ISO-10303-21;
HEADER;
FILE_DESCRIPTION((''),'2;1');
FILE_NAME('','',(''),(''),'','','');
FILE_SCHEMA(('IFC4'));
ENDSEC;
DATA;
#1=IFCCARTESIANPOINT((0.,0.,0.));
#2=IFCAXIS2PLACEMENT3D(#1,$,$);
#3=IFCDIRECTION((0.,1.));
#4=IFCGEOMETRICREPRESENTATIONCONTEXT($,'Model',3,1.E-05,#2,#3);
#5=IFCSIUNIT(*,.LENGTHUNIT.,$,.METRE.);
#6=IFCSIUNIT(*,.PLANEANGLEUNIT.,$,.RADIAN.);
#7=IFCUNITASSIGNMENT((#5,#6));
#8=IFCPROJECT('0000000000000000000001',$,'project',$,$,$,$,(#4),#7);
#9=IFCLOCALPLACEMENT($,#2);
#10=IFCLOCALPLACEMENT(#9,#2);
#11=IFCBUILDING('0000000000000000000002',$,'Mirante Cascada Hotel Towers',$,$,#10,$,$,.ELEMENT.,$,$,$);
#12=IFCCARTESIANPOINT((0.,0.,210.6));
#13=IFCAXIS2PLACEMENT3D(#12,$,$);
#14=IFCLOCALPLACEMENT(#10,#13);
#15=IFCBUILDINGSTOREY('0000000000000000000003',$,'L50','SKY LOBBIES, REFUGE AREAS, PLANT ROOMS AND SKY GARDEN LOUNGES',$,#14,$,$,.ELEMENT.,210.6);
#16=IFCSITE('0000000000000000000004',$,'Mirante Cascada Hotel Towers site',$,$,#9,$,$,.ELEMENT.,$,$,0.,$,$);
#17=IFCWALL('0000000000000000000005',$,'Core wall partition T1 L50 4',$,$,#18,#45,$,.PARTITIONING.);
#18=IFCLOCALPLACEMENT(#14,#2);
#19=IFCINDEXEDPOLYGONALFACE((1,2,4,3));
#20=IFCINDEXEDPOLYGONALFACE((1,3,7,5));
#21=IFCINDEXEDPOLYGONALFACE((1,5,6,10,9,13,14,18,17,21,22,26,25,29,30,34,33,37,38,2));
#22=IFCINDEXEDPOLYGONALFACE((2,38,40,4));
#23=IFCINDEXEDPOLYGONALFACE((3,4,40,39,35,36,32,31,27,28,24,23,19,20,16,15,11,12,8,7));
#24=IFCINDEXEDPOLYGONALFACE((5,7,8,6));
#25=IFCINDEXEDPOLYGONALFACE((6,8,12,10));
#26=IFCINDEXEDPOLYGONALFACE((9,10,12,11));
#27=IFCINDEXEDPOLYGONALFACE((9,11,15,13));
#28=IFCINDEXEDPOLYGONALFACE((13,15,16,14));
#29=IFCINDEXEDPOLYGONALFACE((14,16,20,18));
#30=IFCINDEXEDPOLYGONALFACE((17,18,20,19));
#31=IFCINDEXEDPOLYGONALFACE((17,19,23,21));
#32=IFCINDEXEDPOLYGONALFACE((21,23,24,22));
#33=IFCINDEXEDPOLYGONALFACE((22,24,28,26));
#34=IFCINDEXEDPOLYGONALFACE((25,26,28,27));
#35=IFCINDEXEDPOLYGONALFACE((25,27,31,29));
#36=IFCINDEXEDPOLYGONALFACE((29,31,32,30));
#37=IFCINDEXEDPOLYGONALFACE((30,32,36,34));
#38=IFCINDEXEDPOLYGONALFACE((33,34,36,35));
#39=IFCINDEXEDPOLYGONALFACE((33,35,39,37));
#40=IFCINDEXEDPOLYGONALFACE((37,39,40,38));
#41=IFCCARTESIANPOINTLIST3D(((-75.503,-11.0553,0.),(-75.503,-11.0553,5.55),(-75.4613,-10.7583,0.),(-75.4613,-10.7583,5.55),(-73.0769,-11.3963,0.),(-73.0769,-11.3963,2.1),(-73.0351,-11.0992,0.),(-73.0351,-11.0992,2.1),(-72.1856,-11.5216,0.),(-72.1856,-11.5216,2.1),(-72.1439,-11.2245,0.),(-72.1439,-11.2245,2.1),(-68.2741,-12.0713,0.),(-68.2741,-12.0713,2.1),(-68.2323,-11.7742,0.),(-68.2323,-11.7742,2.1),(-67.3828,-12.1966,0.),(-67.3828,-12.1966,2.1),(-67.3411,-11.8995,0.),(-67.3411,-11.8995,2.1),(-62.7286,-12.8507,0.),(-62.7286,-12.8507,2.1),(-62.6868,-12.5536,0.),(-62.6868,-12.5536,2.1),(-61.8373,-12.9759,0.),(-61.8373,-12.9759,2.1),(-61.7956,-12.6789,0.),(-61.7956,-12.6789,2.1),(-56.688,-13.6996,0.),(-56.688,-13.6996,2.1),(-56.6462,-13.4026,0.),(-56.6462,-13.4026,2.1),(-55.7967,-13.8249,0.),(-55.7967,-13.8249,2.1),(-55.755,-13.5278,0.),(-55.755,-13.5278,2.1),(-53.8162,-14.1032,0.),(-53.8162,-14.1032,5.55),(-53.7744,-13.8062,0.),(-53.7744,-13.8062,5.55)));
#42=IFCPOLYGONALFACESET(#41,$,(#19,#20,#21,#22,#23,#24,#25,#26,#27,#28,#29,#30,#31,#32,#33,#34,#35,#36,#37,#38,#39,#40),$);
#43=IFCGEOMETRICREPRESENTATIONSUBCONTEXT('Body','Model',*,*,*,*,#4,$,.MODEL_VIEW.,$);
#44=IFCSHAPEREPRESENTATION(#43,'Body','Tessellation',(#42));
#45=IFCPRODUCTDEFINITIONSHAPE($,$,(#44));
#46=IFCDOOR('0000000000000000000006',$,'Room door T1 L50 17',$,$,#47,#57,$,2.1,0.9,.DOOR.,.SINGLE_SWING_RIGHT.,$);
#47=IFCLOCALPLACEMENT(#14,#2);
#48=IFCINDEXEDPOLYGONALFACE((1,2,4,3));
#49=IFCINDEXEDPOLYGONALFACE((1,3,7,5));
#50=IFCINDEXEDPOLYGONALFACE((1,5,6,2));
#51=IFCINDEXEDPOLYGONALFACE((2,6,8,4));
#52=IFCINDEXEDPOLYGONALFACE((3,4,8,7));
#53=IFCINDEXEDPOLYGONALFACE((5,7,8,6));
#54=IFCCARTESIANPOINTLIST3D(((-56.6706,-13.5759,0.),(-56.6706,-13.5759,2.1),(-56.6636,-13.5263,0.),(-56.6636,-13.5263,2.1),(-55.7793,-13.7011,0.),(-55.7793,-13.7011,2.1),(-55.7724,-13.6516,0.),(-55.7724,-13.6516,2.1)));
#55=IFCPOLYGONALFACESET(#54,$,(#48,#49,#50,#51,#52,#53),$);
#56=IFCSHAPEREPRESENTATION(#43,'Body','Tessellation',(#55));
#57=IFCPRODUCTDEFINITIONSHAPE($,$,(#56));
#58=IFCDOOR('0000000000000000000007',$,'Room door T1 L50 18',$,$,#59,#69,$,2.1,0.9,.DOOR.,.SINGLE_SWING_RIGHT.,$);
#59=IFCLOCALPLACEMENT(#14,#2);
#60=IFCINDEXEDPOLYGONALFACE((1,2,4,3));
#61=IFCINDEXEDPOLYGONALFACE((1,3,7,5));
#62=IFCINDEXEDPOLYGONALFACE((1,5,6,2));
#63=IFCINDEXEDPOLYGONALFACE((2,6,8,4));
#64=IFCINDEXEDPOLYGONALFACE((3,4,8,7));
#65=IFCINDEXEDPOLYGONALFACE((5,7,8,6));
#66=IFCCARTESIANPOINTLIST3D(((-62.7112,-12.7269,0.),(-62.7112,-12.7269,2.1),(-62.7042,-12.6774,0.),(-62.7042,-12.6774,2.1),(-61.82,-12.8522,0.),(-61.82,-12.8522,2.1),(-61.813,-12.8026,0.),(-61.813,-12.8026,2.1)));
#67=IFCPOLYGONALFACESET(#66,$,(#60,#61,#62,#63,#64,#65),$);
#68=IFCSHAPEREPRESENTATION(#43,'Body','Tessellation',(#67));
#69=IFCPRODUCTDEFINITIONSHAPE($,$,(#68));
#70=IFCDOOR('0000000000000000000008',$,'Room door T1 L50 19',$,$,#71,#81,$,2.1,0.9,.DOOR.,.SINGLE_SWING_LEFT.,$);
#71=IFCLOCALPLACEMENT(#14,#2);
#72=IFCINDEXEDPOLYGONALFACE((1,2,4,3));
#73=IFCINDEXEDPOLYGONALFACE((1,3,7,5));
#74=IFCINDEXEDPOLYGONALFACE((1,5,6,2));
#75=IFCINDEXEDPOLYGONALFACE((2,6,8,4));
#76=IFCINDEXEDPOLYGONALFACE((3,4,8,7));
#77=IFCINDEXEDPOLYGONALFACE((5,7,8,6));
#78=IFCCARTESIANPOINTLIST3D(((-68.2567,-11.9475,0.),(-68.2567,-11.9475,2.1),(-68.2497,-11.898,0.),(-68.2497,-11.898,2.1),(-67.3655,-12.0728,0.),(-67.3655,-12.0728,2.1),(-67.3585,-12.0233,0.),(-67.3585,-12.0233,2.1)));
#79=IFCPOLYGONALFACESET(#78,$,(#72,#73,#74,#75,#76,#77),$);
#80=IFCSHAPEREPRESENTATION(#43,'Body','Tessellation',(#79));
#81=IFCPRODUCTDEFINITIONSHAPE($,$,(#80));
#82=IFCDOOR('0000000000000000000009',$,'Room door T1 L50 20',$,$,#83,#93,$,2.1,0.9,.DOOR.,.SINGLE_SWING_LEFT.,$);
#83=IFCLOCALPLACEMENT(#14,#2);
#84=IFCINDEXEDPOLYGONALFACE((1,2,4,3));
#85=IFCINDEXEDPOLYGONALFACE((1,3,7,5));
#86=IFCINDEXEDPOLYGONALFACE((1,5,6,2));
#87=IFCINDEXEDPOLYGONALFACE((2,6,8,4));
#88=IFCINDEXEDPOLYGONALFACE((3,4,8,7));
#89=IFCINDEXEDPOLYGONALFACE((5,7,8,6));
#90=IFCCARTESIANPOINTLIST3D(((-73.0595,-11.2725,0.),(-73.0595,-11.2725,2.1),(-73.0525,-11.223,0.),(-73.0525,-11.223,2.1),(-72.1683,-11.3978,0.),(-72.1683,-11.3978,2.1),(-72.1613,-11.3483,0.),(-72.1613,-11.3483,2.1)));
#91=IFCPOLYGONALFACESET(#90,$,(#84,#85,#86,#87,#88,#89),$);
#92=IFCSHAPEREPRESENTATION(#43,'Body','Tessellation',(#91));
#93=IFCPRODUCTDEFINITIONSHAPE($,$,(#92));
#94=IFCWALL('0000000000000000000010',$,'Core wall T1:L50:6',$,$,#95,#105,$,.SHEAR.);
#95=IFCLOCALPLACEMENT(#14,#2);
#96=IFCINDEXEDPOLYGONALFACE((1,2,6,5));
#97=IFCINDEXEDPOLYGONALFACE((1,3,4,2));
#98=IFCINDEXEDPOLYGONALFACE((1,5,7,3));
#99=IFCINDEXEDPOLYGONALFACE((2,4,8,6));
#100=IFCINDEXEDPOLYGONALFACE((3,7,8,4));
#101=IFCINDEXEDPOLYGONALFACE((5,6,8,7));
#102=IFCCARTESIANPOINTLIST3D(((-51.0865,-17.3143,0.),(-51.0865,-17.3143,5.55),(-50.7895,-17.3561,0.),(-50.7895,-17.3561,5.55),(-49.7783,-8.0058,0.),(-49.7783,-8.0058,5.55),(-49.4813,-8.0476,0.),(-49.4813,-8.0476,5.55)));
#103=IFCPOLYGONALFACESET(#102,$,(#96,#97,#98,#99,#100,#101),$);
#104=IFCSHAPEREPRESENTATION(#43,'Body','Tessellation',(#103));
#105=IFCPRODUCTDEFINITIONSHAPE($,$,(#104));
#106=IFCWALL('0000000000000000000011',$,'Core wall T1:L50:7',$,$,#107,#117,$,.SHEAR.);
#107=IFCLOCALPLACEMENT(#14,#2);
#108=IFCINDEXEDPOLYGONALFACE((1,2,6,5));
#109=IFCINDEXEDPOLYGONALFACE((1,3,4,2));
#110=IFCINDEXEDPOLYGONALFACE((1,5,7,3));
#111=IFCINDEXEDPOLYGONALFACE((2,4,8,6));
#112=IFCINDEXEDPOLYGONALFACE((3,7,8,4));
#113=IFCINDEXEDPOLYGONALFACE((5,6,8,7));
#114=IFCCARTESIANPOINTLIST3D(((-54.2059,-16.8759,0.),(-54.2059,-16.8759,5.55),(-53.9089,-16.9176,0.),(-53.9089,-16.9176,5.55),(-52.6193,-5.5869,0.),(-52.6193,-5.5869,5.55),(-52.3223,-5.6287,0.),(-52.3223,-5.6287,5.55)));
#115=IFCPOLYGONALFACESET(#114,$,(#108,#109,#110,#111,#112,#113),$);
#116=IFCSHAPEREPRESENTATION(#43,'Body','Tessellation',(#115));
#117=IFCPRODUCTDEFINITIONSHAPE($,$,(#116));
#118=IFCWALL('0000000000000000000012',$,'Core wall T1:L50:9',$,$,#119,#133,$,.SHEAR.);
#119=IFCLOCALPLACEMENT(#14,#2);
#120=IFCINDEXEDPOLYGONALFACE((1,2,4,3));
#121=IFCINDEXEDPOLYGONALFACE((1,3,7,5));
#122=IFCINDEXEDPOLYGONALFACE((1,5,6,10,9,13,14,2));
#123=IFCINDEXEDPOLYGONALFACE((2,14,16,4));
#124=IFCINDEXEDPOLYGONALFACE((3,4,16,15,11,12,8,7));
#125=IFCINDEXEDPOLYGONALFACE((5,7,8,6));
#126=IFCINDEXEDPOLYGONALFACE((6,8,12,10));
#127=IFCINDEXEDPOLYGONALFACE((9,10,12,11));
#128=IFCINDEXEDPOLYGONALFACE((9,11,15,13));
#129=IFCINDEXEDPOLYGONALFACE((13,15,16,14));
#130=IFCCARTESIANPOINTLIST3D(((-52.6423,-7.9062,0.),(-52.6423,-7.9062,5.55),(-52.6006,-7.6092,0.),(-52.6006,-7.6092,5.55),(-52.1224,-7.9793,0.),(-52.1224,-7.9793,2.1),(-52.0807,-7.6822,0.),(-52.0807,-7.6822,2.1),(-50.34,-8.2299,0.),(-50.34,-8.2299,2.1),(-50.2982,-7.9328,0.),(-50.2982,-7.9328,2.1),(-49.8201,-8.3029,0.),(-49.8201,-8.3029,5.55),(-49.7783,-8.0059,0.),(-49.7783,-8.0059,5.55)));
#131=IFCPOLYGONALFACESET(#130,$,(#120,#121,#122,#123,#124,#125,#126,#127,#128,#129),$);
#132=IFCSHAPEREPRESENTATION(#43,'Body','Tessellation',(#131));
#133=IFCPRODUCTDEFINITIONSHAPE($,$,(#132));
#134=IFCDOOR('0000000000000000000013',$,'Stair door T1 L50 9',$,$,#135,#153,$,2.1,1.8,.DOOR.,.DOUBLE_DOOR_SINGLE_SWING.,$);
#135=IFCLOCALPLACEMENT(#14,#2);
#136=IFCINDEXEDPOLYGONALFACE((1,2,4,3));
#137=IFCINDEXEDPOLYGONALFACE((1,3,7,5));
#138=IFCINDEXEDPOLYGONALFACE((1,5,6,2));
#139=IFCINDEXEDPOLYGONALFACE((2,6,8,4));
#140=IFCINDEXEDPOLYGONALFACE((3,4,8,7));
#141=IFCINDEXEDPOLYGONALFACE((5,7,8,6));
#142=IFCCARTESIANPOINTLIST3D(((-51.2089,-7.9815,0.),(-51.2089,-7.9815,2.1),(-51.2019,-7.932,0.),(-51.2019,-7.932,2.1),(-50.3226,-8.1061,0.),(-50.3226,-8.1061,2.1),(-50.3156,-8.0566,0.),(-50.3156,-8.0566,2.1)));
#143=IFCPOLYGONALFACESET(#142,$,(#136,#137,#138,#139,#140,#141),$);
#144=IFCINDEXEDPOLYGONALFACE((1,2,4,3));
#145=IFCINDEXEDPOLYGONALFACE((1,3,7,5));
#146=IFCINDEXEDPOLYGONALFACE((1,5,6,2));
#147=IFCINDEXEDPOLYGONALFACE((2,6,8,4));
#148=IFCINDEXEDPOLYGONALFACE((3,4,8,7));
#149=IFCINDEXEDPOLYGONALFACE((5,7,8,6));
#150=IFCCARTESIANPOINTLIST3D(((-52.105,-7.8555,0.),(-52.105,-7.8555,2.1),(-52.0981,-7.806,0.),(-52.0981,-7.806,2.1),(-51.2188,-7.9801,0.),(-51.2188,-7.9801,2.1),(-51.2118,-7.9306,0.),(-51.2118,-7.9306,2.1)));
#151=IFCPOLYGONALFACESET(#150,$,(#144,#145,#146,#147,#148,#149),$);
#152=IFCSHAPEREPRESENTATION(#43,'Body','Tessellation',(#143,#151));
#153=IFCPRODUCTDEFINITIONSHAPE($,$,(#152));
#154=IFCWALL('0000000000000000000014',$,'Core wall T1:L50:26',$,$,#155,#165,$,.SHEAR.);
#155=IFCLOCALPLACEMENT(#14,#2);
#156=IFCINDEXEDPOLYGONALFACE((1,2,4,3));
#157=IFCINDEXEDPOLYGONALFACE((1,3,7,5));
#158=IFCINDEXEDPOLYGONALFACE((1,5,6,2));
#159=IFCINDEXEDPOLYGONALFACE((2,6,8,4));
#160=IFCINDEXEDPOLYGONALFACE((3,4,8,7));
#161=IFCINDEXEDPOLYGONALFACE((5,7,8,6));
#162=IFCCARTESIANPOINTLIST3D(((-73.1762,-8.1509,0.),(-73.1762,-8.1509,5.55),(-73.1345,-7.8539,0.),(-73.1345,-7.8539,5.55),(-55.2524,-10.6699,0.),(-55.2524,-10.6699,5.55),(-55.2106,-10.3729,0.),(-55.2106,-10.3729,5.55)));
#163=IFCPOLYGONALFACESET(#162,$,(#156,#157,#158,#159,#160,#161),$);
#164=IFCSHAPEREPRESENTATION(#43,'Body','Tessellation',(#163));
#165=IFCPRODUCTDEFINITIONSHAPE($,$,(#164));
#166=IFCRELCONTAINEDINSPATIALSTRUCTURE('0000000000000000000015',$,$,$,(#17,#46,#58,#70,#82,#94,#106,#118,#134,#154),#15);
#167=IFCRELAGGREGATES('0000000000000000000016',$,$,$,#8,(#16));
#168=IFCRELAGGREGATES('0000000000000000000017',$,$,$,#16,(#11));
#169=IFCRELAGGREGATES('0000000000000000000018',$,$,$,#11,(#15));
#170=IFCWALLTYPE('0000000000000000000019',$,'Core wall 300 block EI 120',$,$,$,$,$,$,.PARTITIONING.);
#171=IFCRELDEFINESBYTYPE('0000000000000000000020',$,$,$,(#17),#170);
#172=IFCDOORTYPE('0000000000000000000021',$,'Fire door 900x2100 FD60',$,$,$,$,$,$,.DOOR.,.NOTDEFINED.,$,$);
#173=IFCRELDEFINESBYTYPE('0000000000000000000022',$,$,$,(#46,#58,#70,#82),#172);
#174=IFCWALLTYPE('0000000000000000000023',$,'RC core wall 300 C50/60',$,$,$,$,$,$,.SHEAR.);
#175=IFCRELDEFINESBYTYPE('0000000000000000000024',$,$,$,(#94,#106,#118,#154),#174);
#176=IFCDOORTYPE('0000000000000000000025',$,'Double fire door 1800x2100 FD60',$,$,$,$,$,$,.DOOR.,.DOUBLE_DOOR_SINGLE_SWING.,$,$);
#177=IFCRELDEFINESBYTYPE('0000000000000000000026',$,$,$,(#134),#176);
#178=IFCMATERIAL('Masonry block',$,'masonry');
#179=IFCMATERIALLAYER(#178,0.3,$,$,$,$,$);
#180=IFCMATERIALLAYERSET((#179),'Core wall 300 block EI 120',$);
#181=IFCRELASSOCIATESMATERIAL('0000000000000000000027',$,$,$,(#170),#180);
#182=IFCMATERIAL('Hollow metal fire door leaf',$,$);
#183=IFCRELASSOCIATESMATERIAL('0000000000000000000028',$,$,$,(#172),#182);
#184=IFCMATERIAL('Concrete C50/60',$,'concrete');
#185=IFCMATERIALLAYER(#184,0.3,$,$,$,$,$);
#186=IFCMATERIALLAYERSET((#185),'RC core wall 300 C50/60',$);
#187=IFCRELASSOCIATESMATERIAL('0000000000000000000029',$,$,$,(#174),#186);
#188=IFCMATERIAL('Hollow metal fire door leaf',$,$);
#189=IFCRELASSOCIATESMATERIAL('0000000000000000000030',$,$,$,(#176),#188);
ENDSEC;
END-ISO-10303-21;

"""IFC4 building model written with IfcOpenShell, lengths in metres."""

from ifc_helpers import new_model, si_unit, direction, frame, frame_2d, origin, place, context, subcontext, project, spatial, rectangle, extrude, material, layer, layer_set, type_object, element, fill, save


model = new_model("IFC4")

# Units and contexts
model_context = context("Model", 3, precision=1e-05, world=origin(), true_north=direction((0.0, 1.0)))
body_context = subcontext(model_context, "Body", "Model", "MODEL_VIEW")
ifc_project = project(units=[si_unit("LENGTHUNIT", "METRE"), si_unit("PLANEANGLEUNIT", "RADIAN")], contexts=[model_context])

# Site, building, storey
site_placement = place(None, origin())
site = spatial("IfcSite", under=ifc_project, at=site_placement, Name="Mirante Cascada Hotel Towers site", CompositionType="ELEMENT", RefElevation=0.0)
building_placement = place(site_placement, origin())
building = spatial("IfcBuilding", under=site, at=building_placement, Name="Mirante Cascada Hotel Towers", CompositionType="ELEMENT")
storey_placement = place(building_placement, frame((0.0, 0.0, 210.6)))
storey = spatial("IfcBuildingStorey", under=building, at=storey_placement, Name="L50", Description="SKY LOBBIES, REFUGE AREAS, PLANT ROOMS AND SKY GARDEN LOUNGES", CompositionType="ELEMENT", Elevation=210.6)

# Wall, openings, doors
ifc_material_1 = material(Name="Masonry block", Category="masonry")
ifc_layer_1 = layer(ifc_material_1, 0.3)
ifc_layer_set_1 = layer_set([ifc_layer_1], Name="Core wall 300 block EI 120")
wall_type_1 = type_object("IfcWallType", Name="Core wall 300 block EI 120", PredefinedType="PARTITIONING", material=ifc_layer_set_1)
wall_1_placement = place(storey_placement, frame((-53.7953, -13.9547, 0.0), z_axis=(0.0, 0.0, 1.0), x_axis=(-0.990268, 0.139173, 0.0)))
wall_1 = element("IfcWall", 1, at=wall_1_placement, inside=storey, type_object=wall_type_1, Name="Core wall partition T1 L50 4", PredefinedType="PARTITIONING", context=body_context, shape_type="SweptSolid", body=[
    extrude(rectangle(XDim=21.9, YDim=0.3, at=frame_2d((10.95, 0.0))), origin(), (0.0, 0.0, 1.0), 5.55),
])
opening_1_placement = place(wall_1_placement, frame((2.0, 0.0, 0.0)))
opening_1 = element("IfcOpeningElement", 2, at=opening_1_placement, cuts=wall_1, PredefinedType="OPENING", context=body_context, shape_type="SweptSolid", body=[
    extrude(rectangle(XDim=0.9, YDim=2.1, at=frame_2d((0.45, 1.05))), frame((0.0, 0.15, 0.0), z_axis=(0.0, -1.0, 0.0), x_axis=(1.0, 0.0, 0.0)), (0.0, 0.0, 1.0), 0.3),
])
opening_2_placement = place(wall_1_placement, frame((8.1, 0.0, 0.0)))
opening_2 = element("IfcOpeningElement", 3, at=opening_2_placement, cuts=wall_1, PredefinedType="OPENING", context=body_context, shape_type="SweptSolid", body=[
    extrude(rectangle(XDim=0.9, YDim=2.1, at=frame_2d((0.45, 1.05))), frame((0.0, 0.15, 0.0), z_axis=(0.0, -1.0, 0.0), x_axis=(1.0, 0.0, 0.0)), (0.0, 0.0, 1.0), 0.3),
])
opening_3_placement = place(wall_1_placement, frame((13.7, 0.0, 0.0)))
opening_3 = element("IfcOpeningElement", 4, at=opening_3_placement, cuts=wall_1, PredefinedType="OPENING", context=body_context, shape_type="SweptSolid", body=[
    extrude(rectangle(XDim=0.9, YDim=2.1, at=frame_2d((0.45, 1.05))), frame((0.0, 0.15, 0.0), z_axis=(0.0, -1.0, 0.0), x_axis=(1.0, 0.0, 0.0)), (0.0, 0.0, 1.0), 0.3),
])
opening_4_placement = place(wall_1_placement, frame((18.55, 0.0, 0.0)))
opening_4 = element("IfcOpeningElement", 5, at=opening_4_placement, cuts=wall_1, PredefinedType="OPENING", context=body_context, shape_type="SweptSolid", body=[
    extrude(rectangle(XDim=0.9, YDim=2.1, at=frame_2d((0.45, 1.05))), frame((0.0, 0.15, 0.0), z_axis=(0.0, -1.0, 0.0), x_axis=(1.0, 0.0, 0.0)), (0.0, 0.0, 1.0), 0.3),
])
ifc_material_2 = material(Name="Hollow metal fire door leaf")
door_type_1 = type_object("IfcDoorType", Name="Fire door 900x2100 FD60", OperationType="NOTDEFINED", PredefinedType="DOOR", material=ifc_material_2)
door_1_placement = place(opening_1_placement, origin())
door_1 = element("IfcDoor", 6, at=door_1_placement, inside=storey, type_object=door_type_1, Name="Room door T1 L50 17", OperationType="SINGLE_SWING_RIGHT", OverallHeight=2.1, OverallWidth=0.9, PredefinedType="DOOR", context=body_context, shape_type="SweptSolid", body=[
    extrude(rectangle(XDim=0.9, YDim=2.1, at=frame_2d((0.45, 1.05))), frame((0.0, 0.025, 0.0), z_axis=(0.0, -1.0, 0.0), x_axis=(1.0, 0.0, 0.0)), (0.0, 0.0, 1.0), 0.05),
])
fill(opening_1, door_1)
door_2_placement = place(opening_2_placement, origin())
door_2 = element("IfcDoor", 7, at=door_2_placement, inside=storey, type_object=door_type_1, Name="Room door T1 L50 18", OperationType="SINGLE_SWING_RIGHT", OverallHeight=2.1, OverallWidth=0.9, PredefinedType="DOOR", context=body_context, shape_type="SweptSolid", body=[
    extrude(rectangle(XDim=0.9, YDim=2.1, at=frame_2d((0.45, 1.05))), frame((0.0, 0.025, 0.0), z_axis=(0.0, -1.0, 0.0), x_axis=(1.0, 0.0, 0.0)), (0.0, 0.0, 1.0), 0.05),
])
fill(opening_2, door_2)
door_3_placement = place(opening_3_placement, origin())
door_3 = element("IfcDoor", 8, at=door_3_placement, inside=storey, type_object=door_type_1, Name="Room door T1 L50 19", OperationType="SINGLE_SWING_LEFT", OverallHeight=2.1, OverallWidth=0.9, PredefinedType="DOOR", context=body_context, shape_type="SweptSolid", body=[
    extrude(rectangle(XDim=0.9, YDim=2.1, at=frame_2d((0.45, 1.05))), frame((0.0, 0.025, 0.0), z_axis=(0.0, -1.0, 0.0), x_axis=(1.0, 0.0, 0.0)), (0.0, 0.0, 1.0), 0.05),
])
fill(opening_3, door_3)
door_4_placement = place(opening_4_placement, origin())
door_4 = element("IfcDoor", 9, at=door_4_placement, inside=storey, type_object=door_type_1, Name="Room door T1 L50 20", OperationType="SINGLE_SWING_LEFT", OverallHeight=2.1, OverallWidth=0.9, PredefinedType="DOOR", context=body_context, shape_type="SweptSolid", body=[
    extrude(rectangle(XDim=0.9, YDim=2.1, at=frame_2d((0.45, 1.05))), frame((0.0, 0.025, 0.0), z_axis=(0.0, -1.0, 0.0), x_axis=(1.0, 0.0, 0.0)), (0.0, 0.0, 1.0), 0.05),
])
fill(opening_4, door_4)

# Walls
ifc_material_3 = material(Name="Concrete C50/60", Category="concrete")
ifc_layer_2 = layer(ifc_material_3, 0.3)
ifc_layer_set_2 = layer_set([ifc_layer_2], Name="RC core wall 300 C50/60")
wall_type_2 = type_object("IfcWallType", Name="RC core wall 300 C50/60", PredefinedType="SHEAR", material=ifc_layer_set_2)
wall_2_placement = place(storey_placement, frame((-50.938, -17.3352, 0.0), z_axis=(0.0, 0.0, 1.0), x_axis=(0.139171, 0.990268, 0.0)))
element("IfcWall", 10, at=wall_2_placement, inside=storey, type_object=wall_type_2, Name="Core wall T1:L50:6", PredefinedType="SHEAR", context=body_context, shape_type="SweptSolid", body=[
    extrude(rectangle(XDim=9.4, YDim=0.3, at=frame_2d((4.7, 0.0))), origin(), (0.0, 0.0, 1.0), 5.55),
])
wall_3_placement = place(storey_placement, frame((-54.0574, -16.8968, 0.0), z_axis=(0.0, 0.0, 1.0), x_axis=(0.139176, 0.990268, 0.0)))
element("IfcWall", 11, at=wall_3_placement, inside=storey, type_object=wall_type_2, Name="Core wall T1:L50:7", PredefinedType="SHEAR", context=body_context, shape_type="SweptSolid", body=[
    extrude(rectangle(XDim=11.3999, YDim=0.3, at=frame_2d((5.7, 0.0))), origin(), (0.0, 0.0, 1.0), 5.55),
])

# Wall, opening, door
wall_4_placement = place(storey_placement, frame((-49.7992, -8.1544, 0.0), z_axis=(0.0, 0.0, 1.0), x_axis=(-0.990266, 0.139191, 0.0)))
wall_4 = element("IfcWall", 12, at=wall_4_placement, inside=storey, type_object=wall_type_2, Name="Core wall T1:L50:9", PredefinedType="SHEAR", context=body_context, shape_type="SweptSolid", body=[
    extrude(rectangle(XDim=2.85, YDim=0.3, at=frame_2d((1.425, 0.0))), origin(), (0.0, 0.0, 1.0), 5.55),
])
opening_5_placement = place(wall_4_placement, frame((0.525, 0.0, 0.0)))
opening_5 = element("IfcOpeningElement", 13, at=opening_5_placement, cuts=wall_4, PredefinedType="OPENING", context=body_context, shape_type="SweptSolid", body=[
    extrude(rectangle(XDim=1.8, YDim=2.1, at=frame_2d((0.9, 1.05))), frame((0.0, 0.15, 0.0), z_axis=(0.0, -1.0, 0.0), x_axis=(1.0, 0.0, 0.0)), (0.0, 0.0, 1.0), 0.3),
])
ifc_material_4 = material(Name="Hollow metal fire door leaf")
door_type_2 = type_object("IfcDoorType", Name="Double fire door 1800x2100 FD60", OperationType="DOUBLE_DOOR_SINGLE_SWING", PredefinedType="DOOR", material=ifc_material_4)
door_5_placement = place(opening_5_placement, origin())
door_5 = element("IfcDoor", 14, at=door_5_placement, inside=storey, type_object=door_type_2, Name="Stair door T1 L50 9", OperationType="DOUBLE_DOOR_SINGLE_SWING", OverallHeight=2.1, OverallWidth=1.8, PredefinedType="DOOR", context=body_context, shape_type="SweptSolid", body=[
    extrude(rectangle(XDim=0.895, YDim=2.1, at=frame_2d((0.4475, 1.05))), frame((0.0, 0.025, 0.0), z_axis=(0.0, -1.0, 0.0), x_axis=(1.0, 0.0, 0.0)), (0.0, 0.0, 1.0), 0.05),
    extrude(rectangle(XDim=0.895, YDim=2.1, at=frame_2d((1.3525, 1.05))), frame((0.0, 0.025, 0.0), z_axis=(0.0, -1.0, 0.0), x_axis=(1.0, 0.0, 0.0)), (0.0, 0.0, 1.0), 0.05),
])
fill(opening_5, door_5)

# Wall
wall_5_placement = place(storey_placement, frame((-55.2315, -10.5214, 0.0), z_axis=(0.0, 0.0, 1.0), x_axis=(-0.990268, 0.139171, 0.0)))
element("IfcWall", 15, at=wall_5_placement, inside=storey, type_object=wall_type_2, Name="Core wall T1:L50:26", PredefinedType="SHEAR", context=body_context, shape_type="SweptSolid", body=[
    extrude(rectangle(XDim=18.1, YDim=0.3, at=frame_2d((9.05, 0.0))), origin(), (0.0, 0.0, 1.0), 5.55),
])

save(model, "model.ifc")
